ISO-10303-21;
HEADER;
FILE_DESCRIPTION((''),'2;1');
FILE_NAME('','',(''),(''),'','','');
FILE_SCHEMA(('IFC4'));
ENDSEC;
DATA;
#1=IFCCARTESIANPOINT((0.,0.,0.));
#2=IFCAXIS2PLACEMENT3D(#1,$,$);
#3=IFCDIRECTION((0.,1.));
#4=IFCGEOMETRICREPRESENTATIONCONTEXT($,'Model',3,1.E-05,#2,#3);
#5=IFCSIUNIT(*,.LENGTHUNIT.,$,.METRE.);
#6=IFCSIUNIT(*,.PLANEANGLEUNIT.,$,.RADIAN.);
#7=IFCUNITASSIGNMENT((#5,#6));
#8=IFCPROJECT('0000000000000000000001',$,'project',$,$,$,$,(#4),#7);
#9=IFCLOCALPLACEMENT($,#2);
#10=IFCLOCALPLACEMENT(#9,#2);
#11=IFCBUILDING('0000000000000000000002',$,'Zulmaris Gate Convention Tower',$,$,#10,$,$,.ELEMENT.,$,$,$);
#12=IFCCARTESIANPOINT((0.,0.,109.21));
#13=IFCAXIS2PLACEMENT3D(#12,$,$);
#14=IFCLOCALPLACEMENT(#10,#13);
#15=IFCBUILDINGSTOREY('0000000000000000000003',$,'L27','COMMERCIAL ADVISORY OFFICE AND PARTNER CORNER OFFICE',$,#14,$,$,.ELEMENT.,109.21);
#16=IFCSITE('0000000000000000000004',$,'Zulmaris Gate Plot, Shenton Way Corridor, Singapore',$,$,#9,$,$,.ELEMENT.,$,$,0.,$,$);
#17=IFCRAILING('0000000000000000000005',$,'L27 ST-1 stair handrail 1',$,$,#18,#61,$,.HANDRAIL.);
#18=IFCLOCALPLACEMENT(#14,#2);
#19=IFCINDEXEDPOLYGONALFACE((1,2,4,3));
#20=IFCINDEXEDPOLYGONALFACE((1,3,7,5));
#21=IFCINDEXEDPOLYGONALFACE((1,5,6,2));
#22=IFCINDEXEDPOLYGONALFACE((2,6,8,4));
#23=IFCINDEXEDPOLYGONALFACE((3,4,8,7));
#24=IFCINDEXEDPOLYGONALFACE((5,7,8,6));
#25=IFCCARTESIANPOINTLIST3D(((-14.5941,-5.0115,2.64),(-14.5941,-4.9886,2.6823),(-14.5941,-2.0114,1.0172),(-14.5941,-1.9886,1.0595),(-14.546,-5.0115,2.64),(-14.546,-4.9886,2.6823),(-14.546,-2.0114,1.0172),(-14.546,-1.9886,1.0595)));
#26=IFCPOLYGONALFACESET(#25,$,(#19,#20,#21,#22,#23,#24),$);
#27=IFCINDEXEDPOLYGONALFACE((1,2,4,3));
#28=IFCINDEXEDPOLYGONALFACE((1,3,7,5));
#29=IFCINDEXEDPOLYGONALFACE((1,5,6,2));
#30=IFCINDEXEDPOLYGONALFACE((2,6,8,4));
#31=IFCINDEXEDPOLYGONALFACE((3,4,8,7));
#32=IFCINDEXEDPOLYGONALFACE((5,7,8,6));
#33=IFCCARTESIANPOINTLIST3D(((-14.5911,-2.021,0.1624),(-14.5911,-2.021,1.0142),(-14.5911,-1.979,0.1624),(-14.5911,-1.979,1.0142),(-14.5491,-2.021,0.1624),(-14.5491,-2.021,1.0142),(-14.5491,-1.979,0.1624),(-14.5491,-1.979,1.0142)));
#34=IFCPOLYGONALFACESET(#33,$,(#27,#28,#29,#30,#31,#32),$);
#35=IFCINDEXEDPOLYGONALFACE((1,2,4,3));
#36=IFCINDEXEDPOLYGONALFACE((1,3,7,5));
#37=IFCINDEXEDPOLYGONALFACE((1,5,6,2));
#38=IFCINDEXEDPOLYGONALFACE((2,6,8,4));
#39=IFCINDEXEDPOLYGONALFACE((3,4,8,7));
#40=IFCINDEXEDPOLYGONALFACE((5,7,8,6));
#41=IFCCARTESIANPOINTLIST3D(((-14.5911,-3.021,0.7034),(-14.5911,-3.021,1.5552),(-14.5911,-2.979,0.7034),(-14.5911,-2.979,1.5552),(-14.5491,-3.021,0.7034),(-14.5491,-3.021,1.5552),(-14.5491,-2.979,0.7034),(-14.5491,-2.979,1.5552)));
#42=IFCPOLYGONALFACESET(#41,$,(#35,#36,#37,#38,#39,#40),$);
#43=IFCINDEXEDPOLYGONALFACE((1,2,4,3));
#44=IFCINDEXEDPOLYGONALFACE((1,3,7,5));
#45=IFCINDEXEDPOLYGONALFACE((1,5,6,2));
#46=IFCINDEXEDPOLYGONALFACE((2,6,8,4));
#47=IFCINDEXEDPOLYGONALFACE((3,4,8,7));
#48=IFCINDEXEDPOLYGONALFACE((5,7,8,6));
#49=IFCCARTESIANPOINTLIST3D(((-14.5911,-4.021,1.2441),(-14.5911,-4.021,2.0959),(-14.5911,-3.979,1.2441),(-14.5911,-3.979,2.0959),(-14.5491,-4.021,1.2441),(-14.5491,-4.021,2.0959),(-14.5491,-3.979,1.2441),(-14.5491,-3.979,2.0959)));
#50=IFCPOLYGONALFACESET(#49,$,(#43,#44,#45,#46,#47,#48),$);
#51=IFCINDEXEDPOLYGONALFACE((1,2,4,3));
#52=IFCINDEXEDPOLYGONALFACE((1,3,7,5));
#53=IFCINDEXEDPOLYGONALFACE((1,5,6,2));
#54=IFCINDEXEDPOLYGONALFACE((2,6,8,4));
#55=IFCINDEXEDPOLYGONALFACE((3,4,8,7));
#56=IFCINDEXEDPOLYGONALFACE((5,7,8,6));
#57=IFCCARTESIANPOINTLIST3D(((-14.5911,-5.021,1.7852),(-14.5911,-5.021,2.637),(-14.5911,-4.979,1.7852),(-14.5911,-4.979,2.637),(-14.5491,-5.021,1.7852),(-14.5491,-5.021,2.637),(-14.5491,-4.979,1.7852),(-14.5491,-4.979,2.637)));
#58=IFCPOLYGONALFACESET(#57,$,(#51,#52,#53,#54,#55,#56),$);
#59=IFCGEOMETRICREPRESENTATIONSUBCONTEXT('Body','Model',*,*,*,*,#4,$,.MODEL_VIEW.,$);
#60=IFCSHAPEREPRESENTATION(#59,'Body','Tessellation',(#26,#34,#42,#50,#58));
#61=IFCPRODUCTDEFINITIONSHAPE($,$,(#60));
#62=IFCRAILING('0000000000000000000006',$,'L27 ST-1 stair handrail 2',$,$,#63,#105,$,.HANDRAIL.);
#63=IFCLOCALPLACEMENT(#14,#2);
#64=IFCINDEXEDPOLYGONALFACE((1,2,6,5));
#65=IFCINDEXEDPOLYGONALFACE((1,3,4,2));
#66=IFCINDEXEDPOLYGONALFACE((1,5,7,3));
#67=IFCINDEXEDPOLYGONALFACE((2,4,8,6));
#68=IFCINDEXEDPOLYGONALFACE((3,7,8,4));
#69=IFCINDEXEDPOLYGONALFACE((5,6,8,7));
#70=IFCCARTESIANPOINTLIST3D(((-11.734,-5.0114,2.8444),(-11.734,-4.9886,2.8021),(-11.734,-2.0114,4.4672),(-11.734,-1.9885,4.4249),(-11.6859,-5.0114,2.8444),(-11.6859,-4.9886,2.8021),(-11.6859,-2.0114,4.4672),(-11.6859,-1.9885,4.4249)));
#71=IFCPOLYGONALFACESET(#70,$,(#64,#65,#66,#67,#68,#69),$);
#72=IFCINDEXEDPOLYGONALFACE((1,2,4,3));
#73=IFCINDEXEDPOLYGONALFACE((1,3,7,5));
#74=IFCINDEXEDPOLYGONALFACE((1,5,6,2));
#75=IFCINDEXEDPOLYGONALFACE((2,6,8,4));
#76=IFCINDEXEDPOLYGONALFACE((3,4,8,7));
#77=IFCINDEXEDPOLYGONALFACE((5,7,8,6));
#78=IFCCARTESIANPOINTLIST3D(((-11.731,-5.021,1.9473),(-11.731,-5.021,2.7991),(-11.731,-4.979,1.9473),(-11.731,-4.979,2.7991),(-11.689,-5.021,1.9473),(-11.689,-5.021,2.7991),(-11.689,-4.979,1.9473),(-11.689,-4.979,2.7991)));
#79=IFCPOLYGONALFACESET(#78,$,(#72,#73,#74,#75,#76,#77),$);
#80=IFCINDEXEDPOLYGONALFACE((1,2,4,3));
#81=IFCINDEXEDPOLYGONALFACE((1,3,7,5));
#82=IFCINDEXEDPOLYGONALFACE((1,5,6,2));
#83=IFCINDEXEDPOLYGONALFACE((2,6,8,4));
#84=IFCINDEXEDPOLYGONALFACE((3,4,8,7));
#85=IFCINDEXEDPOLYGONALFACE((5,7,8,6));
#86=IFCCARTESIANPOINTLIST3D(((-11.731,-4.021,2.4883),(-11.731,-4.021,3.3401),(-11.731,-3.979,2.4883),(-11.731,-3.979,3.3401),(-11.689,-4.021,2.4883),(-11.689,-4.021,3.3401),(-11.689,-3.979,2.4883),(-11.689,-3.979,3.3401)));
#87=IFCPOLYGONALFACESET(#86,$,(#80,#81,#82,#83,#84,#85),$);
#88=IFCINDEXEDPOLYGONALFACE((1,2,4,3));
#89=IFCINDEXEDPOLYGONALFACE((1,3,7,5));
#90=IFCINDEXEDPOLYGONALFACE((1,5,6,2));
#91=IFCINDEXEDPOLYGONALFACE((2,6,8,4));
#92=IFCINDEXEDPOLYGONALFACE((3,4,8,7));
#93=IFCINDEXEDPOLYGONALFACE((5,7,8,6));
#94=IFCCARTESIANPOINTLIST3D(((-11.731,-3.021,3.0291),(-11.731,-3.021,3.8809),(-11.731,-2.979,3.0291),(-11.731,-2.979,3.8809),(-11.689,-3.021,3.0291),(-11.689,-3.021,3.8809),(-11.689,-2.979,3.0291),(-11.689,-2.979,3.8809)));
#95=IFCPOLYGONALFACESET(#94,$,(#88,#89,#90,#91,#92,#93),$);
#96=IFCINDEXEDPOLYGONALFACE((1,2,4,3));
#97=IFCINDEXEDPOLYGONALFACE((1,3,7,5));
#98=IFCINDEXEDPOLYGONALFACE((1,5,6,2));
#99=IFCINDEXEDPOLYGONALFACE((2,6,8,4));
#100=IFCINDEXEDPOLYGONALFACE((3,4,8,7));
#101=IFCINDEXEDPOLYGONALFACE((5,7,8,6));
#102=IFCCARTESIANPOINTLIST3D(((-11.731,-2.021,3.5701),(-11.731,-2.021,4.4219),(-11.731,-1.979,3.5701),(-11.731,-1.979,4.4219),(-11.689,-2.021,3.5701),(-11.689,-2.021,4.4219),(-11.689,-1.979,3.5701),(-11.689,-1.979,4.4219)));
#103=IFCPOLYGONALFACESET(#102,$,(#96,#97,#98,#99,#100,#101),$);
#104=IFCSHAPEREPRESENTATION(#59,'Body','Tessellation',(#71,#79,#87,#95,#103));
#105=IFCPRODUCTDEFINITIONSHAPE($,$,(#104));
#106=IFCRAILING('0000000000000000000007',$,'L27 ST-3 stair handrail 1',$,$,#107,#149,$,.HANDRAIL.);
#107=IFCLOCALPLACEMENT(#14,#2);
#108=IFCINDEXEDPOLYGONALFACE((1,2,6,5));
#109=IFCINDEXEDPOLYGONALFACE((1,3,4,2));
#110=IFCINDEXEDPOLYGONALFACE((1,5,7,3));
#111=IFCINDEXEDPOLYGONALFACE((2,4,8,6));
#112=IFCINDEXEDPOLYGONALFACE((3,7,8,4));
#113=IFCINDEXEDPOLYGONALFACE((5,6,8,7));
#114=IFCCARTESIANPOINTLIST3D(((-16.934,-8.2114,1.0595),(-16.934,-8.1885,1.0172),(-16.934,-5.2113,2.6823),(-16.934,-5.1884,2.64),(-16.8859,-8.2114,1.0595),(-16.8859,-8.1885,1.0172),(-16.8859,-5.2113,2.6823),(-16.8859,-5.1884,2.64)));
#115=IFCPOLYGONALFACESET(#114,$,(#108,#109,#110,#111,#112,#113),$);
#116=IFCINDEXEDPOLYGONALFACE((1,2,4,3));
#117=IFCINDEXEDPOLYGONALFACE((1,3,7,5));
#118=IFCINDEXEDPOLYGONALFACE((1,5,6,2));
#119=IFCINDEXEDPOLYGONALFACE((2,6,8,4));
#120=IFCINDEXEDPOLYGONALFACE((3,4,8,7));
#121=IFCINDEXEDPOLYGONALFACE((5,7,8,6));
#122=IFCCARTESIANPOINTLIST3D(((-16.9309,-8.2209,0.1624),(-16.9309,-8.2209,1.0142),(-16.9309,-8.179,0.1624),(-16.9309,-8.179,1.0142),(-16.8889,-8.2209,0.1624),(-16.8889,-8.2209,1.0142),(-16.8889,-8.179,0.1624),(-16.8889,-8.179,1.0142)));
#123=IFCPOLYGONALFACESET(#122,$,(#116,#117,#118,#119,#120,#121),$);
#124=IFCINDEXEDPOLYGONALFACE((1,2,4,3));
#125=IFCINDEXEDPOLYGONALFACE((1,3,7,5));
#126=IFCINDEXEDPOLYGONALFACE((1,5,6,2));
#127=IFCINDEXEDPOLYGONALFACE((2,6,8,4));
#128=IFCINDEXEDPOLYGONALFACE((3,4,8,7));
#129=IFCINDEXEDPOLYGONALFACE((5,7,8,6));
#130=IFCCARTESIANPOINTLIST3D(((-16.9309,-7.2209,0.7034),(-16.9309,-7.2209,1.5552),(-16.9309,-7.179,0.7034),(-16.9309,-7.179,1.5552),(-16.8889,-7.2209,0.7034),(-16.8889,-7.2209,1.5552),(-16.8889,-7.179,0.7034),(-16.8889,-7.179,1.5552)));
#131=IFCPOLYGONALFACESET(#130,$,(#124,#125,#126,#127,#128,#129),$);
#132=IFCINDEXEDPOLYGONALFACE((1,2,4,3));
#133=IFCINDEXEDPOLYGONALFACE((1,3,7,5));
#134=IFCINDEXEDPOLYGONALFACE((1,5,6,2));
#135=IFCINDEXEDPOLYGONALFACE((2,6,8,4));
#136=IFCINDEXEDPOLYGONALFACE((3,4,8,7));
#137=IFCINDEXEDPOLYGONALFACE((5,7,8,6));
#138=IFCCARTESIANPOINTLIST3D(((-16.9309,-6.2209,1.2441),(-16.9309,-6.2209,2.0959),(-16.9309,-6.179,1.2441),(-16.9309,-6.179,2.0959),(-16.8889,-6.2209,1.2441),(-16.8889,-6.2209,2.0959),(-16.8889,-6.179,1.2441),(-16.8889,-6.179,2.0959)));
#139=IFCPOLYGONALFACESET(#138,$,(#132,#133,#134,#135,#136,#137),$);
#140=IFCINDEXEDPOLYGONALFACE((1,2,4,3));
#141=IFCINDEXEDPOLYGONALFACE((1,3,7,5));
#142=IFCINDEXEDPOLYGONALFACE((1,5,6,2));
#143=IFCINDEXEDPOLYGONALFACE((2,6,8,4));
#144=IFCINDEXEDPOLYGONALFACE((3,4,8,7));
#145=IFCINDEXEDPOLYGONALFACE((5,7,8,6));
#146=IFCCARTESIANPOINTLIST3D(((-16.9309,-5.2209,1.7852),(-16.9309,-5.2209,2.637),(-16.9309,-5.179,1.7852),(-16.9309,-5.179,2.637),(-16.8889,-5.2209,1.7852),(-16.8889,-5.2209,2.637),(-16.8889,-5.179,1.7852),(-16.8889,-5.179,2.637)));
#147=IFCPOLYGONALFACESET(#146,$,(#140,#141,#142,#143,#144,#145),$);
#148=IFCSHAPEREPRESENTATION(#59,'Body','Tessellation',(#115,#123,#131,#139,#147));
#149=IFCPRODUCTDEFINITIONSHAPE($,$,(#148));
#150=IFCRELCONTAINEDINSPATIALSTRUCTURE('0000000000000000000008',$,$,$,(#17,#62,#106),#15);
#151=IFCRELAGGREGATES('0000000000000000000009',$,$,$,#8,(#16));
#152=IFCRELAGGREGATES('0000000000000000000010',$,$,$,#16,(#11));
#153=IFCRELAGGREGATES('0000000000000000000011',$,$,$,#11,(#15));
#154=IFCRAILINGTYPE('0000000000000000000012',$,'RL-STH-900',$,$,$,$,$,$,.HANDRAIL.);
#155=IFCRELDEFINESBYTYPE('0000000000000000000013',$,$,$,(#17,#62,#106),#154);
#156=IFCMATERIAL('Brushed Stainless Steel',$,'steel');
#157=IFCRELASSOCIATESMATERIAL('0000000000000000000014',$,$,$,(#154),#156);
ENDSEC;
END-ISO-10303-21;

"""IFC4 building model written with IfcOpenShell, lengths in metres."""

from ifc_helpers import new_model, si_unit, direction, frame, origin, origin_2d, place, context, subcontext, project, spatial, rectangle, extrude, material, type_object, element, save


model = new_model("IFC4")

# Units and contexts
model_context = context("Model", 3, precision=1e-05, world=origin(), true_north=direction((0.0, 1.0)))
body_context = subcontext(model_context, "Body", "Model", "MODEL_VIEW")
ifc_project = project(units=[si_unit("LENGTHUNIT", "METRE"), si_unit("PLANEANGLEUNIT", "RADIAN")], contexts=[model_context])

# Site, building, storey
site_placement = place(None, origin())
site = spatial("IfcSite", under=ifc_project, at=site_placement, Name="Zulmaris Gate Plot, Shenton Way Corridor, Singapore", CompositionType="ELEMENT", RefElevation=0.0)
building_placement = place(site_placement, origin())
building = spatial("IfcBuilding", under=site, at=building_placement, Name="Zulmaris Gate Convention Tower", CompositionType="ELEMENT")
storey_placement = place(building_placement, frame((0.0, 0.0, 109.21)))
storey = spatial("IfcBuildingStorey", under=building, at=storey_placement, Name="L27", Description="COMMERCIAL ADVISORY OFFICE AND PARTNER CORNER OFFICE", CompositionType="ELEMENT", Elevation=109.21)

# Railings
ifc_material_1 = material(Name="Brushed Stainless Steel", Category="steel")
railing_type_1 = type_object("IfcRailingType", Name="RL-STH-900", PredefinedType="HANDRAIL", material=ifc_material_1)
railing_1_placement = place(storey_placement, frame((-14.5701, -2.0, 0.1624)))
element("IfcRailing", 1, at=railing_1_placement, inside=storey, type_object=railing_type_1, Name="L27 ST-1 stair handrail 1", PredefinedType="HANDRAIL", context=body_context, shape_type="SweptSolid", body=[
    extrude(rectangle(XDim=0.0481, YDim=0.0481, at=origin_2d()), frame((0.0, 0.0, 0.876), z_axis=(0.0, -0.879562, 0.475785), x_axis=(1.0, 0.0, 0.0)), (0.0, 0.0, 1.0), 3.4109),
    extrude(rectangle(XDim=0.042, YDim=0.042, at=origin_2d()), origin(), (0.0, 0.0, 1.0), 0.8518),
    extrude(rectangle(XDim=0.042, YDim=0.042, at=origin_2d()), frame((0.0, -1.0, 0.541)), (0.0, 0.0, 1.0), 0.8518),
    extrude(rectangle(XDim=0.042, YDim=0.042, at=origin_2d()), frame((0.0, -2.0, 1.0818)), (0.0, 0.0, 1.0), 0.8518),
    extrude(rectangle(XDim=0.042, YDim=0.042, at=origin_2d()), frame((0.0, -3.0, 1.6228)), (0.0, 0.0, 1.0), 0.8518),
])
for number, where, name in (
    (2, (-11.71, -5.0, 1.9473), "L27 ST-1 stair handrail 2"),
    (3, (-16.9099, -8.2, 0.1624), "L27 ST-3 stair handrail 1"),
):
    element("IfcRailing", number, at=place(storey_placement, frame(where)), inside=storey, type_object=railing_type_1, Name=name, PredefinedType="HANDRAIL", context=body_context, shape_type="SweptSolid", body=[
        extrude(rectangle(XDim=0.0481, YDim=0.0481, at=origin_2d()), frame((0.0, 0.0, 0.876), z_axis=(0.0, 0.879562, 0.475785), x_axis=(-1.0, 0.0, 0.0)), (0.0, 0.0, 1.0), 3.4109),
        extrude(rectangle(XDim=0.042, YDim=0.042, at=origin_2d()), origin(), (0.0, 0.0, 1.0), 0.8518),
        extrude(rectangle(XDim=0.042, YDim=0.042, at=origin_2d()), frame((0.0, 1.0, 0.541)), (0.0, 0.0, 1.0), 0.8518),
        extrude(rectangle(XDim=0.042, YDim=0.042, at=origin_2d()), frame((0.0, 2.0, 1.0818)), (0.0, 0.0, 1.0), 0.8518),
        extrude(rectangle(XDim=0.042, YDim=0.042, at=origin_2d()), frame((0.0, 3.0, 1.6228)), (0.0, 0.0, 1.0), 0.8518),
    ])

save(model, "model.ifc")
